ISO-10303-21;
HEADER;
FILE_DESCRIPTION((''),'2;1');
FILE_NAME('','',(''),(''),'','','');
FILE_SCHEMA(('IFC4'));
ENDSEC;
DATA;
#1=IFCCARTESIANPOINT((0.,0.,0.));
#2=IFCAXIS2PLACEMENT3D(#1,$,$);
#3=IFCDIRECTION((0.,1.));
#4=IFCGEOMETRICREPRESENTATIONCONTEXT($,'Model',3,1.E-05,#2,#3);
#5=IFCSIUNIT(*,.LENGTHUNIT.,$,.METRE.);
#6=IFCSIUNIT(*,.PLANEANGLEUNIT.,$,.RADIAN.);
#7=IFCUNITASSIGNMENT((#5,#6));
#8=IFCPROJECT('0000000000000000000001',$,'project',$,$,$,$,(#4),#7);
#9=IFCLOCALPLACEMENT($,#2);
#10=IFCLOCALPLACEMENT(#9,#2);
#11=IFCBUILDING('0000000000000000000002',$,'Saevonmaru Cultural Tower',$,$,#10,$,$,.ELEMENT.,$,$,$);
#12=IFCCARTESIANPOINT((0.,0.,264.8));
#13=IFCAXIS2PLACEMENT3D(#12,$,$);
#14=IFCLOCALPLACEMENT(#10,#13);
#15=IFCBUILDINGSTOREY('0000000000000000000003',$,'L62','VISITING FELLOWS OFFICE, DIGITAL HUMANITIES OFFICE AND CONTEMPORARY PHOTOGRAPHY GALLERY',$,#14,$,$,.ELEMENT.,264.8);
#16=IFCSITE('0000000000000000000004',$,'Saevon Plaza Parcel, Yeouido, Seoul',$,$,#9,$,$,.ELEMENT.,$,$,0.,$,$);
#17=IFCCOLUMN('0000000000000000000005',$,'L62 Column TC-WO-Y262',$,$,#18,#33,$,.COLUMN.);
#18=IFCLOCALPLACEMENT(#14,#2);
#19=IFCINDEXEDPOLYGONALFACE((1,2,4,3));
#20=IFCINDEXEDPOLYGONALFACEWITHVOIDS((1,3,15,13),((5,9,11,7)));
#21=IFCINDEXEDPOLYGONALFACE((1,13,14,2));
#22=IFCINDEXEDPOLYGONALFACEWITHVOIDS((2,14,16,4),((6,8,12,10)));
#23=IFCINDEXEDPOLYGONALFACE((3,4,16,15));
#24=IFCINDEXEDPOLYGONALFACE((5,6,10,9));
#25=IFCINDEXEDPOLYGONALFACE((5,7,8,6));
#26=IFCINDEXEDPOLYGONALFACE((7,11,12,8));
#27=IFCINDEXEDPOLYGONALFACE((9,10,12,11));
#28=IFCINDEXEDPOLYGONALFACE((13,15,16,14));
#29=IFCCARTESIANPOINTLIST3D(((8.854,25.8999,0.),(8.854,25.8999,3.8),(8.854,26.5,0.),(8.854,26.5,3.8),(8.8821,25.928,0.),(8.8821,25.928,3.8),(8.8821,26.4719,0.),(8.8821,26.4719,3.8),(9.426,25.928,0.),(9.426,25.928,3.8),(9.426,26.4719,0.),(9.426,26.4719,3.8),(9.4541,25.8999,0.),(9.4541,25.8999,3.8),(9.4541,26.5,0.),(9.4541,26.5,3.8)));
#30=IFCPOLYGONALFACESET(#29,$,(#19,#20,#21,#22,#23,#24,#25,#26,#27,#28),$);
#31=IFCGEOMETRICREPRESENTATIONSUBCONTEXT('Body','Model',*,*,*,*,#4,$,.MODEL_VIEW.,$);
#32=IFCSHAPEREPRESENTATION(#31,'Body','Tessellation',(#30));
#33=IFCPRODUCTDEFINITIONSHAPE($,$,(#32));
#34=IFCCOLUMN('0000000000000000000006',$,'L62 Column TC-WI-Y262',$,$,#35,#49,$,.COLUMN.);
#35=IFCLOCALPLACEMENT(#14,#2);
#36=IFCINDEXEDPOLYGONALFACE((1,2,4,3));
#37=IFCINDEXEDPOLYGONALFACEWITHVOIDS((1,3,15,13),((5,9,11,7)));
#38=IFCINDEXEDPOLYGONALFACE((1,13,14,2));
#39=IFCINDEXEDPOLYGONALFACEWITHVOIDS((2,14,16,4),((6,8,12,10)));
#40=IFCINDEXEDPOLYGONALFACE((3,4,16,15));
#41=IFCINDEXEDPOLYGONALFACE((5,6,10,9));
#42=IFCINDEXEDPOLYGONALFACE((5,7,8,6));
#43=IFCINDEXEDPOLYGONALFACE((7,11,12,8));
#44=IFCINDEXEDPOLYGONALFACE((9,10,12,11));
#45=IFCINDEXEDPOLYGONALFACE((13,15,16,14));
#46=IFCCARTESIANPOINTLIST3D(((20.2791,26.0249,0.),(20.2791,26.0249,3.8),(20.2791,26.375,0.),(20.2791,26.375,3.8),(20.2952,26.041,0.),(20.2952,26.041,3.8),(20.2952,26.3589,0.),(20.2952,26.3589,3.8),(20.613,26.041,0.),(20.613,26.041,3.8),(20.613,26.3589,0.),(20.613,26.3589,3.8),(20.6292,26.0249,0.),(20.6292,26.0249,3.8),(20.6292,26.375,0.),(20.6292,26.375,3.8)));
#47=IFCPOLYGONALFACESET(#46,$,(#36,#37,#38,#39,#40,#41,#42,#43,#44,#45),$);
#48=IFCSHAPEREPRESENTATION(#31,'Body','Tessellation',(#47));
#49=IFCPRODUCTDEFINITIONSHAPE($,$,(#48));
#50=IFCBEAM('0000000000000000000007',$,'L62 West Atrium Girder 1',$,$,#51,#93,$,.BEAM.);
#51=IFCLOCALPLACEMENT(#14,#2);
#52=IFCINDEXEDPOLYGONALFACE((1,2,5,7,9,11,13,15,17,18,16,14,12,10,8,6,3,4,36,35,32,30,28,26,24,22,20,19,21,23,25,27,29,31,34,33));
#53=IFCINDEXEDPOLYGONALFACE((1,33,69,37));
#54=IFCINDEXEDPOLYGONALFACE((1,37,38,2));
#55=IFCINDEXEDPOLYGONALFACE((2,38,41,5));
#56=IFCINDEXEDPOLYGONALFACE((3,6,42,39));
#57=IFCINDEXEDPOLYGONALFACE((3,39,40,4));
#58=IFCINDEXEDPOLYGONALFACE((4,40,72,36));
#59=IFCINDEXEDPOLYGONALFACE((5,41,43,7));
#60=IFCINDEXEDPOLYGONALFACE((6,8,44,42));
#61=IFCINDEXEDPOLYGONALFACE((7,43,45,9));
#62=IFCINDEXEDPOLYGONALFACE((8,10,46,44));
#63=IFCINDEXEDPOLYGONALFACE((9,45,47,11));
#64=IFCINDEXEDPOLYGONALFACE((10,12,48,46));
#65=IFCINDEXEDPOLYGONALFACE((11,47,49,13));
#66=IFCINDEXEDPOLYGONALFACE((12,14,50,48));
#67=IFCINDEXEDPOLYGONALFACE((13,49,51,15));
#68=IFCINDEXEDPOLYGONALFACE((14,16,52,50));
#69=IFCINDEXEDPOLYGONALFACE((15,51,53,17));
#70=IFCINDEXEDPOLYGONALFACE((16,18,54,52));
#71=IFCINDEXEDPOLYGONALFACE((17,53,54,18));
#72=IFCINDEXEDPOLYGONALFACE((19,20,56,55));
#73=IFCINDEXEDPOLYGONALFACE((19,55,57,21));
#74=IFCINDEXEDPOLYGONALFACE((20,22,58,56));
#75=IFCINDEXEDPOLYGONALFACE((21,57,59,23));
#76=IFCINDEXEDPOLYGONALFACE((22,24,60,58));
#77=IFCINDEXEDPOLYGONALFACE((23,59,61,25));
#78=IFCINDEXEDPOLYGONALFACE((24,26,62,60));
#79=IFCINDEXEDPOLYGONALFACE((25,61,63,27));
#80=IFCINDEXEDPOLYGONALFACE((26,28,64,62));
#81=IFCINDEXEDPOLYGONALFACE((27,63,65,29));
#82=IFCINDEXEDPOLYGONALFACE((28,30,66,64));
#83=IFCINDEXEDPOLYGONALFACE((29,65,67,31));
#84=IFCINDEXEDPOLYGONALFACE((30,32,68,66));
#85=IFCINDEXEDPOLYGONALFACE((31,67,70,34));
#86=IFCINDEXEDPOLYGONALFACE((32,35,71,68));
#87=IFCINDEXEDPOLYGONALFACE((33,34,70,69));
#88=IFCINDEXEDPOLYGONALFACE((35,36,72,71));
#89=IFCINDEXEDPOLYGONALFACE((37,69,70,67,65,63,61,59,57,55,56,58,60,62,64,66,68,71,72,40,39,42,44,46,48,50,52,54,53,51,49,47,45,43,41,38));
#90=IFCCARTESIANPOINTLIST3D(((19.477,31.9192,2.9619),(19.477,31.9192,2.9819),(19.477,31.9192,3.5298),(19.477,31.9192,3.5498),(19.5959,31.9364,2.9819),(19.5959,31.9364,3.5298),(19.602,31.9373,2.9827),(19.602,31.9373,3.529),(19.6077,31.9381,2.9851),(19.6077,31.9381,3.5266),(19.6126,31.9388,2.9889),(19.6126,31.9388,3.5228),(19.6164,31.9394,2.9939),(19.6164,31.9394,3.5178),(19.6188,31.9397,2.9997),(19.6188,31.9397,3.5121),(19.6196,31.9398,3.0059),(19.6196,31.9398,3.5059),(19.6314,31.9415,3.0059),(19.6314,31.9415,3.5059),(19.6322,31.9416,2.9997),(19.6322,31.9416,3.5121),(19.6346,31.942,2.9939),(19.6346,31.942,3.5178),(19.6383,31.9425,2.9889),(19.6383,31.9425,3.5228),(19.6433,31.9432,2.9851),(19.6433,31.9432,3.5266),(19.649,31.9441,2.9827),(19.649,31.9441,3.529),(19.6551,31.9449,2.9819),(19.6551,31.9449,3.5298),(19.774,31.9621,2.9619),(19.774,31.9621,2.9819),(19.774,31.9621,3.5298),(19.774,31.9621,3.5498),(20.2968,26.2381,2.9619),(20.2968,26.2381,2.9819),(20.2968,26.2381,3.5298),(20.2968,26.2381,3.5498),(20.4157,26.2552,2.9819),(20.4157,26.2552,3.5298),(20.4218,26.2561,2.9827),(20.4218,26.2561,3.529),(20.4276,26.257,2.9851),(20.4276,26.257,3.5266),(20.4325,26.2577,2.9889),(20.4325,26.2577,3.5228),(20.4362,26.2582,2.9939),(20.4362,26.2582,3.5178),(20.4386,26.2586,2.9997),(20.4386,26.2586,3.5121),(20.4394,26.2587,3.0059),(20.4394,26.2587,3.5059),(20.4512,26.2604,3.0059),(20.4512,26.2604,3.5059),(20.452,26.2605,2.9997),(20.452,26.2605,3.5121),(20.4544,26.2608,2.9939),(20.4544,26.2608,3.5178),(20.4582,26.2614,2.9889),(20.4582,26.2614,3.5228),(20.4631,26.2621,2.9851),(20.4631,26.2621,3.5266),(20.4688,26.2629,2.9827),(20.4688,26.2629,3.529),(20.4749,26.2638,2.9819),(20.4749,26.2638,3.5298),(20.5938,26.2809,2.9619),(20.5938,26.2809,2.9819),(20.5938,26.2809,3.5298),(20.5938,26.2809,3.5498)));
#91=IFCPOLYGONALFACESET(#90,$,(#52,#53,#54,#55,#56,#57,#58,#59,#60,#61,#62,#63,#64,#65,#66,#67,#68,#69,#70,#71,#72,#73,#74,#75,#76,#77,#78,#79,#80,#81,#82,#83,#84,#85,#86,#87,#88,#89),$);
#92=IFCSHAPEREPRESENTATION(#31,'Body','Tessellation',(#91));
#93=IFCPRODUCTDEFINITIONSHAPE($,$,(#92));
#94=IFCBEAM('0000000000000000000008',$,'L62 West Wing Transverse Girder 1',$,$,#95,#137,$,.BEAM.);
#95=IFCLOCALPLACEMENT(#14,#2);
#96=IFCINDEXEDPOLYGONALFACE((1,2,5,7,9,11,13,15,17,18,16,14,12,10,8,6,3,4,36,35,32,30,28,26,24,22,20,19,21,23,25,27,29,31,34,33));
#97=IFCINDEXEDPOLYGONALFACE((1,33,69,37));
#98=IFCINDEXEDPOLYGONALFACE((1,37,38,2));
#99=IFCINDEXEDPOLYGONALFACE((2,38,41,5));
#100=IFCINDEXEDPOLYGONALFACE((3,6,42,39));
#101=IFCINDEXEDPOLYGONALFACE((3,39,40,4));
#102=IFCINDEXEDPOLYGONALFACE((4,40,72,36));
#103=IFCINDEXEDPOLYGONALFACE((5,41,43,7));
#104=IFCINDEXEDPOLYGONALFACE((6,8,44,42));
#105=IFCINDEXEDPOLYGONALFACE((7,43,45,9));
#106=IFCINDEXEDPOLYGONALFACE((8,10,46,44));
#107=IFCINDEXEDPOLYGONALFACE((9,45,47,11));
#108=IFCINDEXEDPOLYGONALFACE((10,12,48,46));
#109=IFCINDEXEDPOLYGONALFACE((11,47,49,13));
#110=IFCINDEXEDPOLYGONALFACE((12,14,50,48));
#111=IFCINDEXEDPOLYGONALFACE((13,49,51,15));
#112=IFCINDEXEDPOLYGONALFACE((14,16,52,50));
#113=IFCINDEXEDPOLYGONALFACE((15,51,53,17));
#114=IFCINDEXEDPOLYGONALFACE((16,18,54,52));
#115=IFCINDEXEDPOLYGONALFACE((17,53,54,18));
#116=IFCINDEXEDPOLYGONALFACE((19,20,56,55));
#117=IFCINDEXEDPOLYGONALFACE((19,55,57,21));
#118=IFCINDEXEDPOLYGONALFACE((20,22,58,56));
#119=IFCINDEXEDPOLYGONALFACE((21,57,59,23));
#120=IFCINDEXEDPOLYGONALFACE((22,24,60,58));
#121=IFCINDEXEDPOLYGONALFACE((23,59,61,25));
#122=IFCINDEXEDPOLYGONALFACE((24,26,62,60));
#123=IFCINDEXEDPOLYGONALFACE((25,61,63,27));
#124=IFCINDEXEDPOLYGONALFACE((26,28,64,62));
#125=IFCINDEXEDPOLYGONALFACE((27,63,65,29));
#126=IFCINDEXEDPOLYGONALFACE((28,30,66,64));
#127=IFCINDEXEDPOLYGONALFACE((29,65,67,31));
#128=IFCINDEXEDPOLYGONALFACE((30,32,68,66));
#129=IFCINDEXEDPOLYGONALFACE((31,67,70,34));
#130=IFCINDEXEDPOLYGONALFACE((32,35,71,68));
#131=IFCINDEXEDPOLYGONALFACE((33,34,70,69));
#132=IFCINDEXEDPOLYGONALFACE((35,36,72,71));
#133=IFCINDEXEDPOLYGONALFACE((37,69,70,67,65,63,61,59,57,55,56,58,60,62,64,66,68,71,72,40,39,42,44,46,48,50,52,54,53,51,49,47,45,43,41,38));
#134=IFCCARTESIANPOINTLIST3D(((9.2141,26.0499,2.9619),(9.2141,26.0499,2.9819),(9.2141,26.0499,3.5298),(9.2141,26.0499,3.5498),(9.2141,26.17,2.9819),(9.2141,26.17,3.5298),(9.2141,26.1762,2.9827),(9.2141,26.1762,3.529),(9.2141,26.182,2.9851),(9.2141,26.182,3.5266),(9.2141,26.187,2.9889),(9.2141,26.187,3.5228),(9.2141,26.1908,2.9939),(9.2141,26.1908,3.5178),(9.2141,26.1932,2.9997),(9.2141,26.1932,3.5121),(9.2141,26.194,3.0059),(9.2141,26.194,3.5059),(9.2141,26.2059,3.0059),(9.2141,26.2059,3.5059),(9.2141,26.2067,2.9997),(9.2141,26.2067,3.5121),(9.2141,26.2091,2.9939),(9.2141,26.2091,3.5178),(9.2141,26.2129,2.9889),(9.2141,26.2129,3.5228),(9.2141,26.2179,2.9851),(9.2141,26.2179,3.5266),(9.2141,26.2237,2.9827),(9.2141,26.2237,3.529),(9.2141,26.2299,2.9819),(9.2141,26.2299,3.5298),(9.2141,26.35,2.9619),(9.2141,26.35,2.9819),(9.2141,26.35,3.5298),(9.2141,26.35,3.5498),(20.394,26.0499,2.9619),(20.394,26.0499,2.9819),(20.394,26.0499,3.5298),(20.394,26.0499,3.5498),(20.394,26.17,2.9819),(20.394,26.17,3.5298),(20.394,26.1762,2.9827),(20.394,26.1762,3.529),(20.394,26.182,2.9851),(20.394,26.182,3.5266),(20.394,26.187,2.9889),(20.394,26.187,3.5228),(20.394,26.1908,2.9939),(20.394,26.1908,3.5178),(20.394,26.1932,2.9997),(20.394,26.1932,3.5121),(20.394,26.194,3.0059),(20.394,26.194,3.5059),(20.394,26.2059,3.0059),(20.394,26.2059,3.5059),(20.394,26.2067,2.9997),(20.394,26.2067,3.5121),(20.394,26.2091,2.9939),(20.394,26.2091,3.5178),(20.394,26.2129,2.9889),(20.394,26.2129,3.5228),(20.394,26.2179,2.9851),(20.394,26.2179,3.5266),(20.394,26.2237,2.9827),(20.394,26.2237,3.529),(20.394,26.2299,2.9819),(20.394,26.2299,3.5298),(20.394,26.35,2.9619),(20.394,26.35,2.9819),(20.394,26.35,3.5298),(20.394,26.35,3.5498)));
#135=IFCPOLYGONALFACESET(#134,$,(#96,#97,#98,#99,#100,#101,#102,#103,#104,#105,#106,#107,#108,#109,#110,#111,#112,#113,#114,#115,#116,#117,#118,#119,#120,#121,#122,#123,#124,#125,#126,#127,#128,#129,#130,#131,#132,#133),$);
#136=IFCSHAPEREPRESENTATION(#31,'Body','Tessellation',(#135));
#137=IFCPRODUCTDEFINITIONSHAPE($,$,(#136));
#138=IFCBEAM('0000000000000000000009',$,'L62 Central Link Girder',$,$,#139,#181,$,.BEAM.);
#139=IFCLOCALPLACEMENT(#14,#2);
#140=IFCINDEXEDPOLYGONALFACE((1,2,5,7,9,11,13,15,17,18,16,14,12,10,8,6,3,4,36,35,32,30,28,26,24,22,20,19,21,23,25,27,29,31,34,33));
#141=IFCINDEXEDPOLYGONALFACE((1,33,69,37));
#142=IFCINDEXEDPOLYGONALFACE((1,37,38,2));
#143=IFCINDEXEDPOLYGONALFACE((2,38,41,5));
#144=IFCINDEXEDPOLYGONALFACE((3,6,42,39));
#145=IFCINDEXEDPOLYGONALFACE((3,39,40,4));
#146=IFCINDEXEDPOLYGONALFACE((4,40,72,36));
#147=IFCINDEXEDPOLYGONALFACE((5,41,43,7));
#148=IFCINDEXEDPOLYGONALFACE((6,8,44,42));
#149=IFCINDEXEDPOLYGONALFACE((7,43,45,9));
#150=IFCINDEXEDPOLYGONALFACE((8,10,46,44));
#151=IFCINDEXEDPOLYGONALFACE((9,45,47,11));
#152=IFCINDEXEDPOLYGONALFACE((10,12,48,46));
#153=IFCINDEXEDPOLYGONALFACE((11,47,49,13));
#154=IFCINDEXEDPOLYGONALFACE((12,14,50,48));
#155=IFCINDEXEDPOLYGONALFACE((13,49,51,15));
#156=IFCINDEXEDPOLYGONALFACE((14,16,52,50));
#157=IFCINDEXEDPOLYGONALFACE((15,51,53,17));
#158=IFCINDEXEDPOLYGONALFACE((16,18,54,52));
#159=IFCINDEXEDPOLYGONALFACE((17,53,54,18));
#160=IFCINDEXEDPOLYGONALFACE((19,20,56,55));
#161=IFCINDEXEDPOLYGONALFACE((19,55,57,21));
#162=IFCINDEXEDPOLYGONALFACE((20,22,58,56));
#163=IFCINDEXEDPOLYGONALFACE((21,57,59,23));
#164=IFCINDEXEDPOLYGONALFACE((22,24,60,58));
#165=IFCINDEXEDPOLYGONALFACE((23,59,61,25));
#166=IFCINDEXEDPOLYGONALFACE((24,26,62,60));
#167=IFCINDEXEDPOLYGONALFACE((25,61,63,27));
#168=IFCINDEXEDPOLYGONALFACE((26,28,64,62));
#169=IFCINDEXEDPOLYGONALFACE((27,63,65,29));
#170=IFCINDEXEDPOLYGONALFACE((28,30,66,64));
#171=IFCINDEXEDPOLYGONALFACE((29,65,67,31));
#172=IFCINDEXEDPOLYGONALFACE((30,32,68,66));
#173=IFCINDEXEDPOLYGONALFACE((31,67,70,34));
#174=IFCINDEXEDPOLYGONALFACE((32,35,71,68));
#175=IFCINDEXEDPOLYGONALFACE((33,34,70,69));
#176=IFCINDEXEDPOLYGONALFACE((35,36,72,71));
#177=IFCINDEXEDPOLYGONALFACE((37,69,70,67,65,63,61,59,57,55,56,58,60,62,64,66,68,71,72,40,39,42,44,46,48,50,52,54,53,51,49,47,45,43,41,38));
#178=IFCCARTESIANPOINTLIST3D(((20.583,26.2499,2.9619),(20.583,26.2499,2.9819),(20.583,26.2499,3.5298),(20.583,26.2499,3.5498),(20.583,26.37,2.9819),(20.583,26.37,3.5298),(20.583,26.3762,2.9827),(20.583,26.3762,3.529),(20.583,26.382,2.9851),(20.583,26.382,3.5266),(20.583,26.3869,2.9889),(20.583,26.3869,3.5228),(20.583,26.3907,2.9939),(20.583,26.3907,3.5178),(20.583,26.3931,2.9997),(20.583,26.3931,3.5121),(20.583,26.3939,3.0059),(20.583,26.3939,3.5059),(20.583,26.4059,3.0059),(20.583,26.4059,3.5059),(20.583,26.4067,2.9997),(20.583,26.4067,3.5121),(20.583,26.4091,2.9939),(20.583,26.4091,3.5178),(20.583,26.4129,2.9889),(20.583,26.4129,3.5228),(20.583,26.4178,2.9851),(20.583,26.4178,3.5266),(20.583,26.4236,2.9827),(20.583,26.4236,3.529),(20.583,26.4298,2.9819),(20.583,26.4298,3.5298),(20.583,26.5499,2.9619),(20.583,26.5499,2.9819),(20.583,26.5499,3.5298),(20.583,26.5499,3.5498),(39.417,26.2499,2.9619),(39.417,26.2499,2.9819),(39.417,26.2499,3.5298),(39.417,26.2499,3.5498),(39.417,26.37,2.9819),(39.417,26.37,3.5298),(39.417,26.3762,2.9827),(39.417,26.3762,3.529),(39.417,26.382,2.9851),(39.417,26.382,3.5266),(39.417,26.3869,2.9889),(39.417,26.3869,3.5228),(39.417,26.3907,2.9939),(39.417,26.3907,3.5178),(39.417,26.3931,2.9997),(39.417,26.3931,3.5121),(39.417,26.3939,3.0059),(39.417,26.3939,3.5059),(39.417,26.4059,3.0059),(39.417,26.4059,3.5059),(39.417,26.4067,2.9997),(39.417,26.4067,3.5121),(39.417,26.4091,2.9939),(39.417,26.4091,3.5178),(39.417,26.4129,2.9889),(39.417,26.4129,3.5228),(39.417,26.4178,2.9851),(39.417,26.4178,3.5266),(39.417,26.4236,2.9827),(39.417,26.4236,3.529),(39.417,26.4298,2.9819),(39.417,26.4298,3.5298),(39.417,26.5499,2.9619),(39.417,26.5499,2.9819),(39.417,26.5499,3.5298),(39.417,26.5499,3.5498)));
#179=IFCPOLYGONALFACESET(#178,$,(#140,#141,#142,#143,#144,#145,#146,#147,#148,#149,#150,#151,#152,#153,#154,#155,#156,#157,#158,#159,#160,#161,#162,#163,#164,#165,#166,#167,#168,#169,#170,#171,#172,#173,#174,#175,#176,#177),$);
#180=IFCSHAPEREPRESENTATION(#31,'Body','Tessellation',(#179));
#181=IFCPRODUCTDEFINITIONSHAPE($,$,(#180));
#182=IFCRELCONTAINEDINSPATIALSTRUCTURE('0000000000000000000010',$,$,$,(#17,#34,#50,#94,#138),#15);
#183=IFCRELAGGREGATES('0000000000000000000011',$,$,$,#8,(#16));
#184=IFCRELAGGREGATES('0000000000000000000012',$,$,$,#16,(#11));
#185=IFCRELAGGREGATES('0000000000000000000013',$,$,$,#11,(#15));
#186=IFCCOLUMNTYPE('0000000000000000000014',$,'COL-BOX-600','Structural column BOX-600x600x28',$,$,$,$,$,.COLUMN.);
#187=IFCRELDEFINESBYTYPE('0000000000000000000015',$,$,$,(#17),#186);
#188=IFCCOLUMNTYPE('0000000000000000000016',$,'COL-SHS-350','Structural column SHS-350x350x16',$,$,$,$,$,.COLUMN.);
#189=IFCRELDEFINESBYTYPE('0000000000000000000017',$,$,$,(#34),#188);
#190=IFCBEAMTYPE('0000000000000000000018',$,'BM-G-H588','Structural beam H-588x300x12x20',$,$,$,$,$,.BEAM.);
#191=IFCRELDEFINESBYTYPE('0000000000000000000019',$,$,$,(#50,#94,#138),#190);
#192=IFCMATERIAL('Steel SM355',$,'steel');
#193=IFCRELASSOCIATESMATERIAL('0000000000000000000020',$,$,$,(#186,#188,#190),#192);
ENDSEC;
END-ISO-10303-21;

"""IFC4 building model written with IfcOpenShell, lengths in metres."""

from ifc_helpers import new_model, si_unit, direction, frame, origin, origin_2d, place, context, subcontext, project, spatial, hollow_rectangle, i_section, extrude, material, material_profile, profile_set, type_object, element, save


model = new_model("IFC4")

# Units and contexts
model_context = context("Model", 3, precision=1e-05, world=origin(), true_north=direction((0.0, 1.0)))
body_context = subcontext(model_context, "Body", "Model", "MODEL_VIEW")
ifc_project = project(units=[si_unit("LENGTHUNIT", "METRE"), si_unit("PLANEANGLEUNIT", "RADIAN")], contexts=[model_context])

# Site, building, storey
site_placement = place(None, origin())
site = spatial("IfcSite", under=ifc_project, at=site_placement, Name="Saevon Plaza Parcel, Yeouido, Seoul", CompositionType="ELEMENT", RefElevation=0.0)
building_placement = place(site_placement, origin())
building = spatial("IfcBuilding", under=site, at=building_placement, Name="Saevonmaru Cultural Tower", CompositionType="ELEMENT")
storey_placement = place(building_placement, frame((0.0, 0.0, 264.8)))
storey = spatial("IfcBuildingStorey", under=building, at=storey_placement, Name="L62", Description="VISITING FELLOWS OFFICE, DIGITAL HUMANITIES OFFICE AND CONTEMPORARY PHOTOGRAPHY GALLERY", CompositionType="ELEMENT", Elevation=264.8)

# Columns
ifc_material_1 = material(Name="Steel SM355", Category="steel")
ifc_material_profile_1 = material_profile(ifc_material_1, hollow_rectangle(XDim=0.6001, YDim=0.6001, WallThickness=0.0281, at=origin_2d()), Name="BOX-600x600x28")
ifc_profile_set_1 = profile_set([ifc_material_profile_1], Name="Steel SM355")
column_type_1 = type_object("IfcColumnType", Name="COL-BOX-600", Description="Structural column BOX-600x600x28", PredefinedType="COLUMN", material=ifc_profile_set_1)
column_1_placement = place(storey_placement, frame((9.1541, 26.2, 0.0), z_axis=(0.0, 0.0, 1.0), x_axis=(1.0, 0.0, 0.0)))
element("IfcColumn", 1, at=column_1_placement, inside=storey, type_object=column_type_1, Name="L62 Column TC-WO-Y262", PredefinedType="COLUMN", context=body_context, shape_type="SweptSolid", body=[
    extrude(hollow_rectangle(XDim=0.6001, YDim=0.6001, WallThickness=0.0281, at=origin_2d()), origin(), (0.0, 0.0, 1.0), 3.8),
])
ifc_material_profile_2 = material_profile(ifc_material_1, hollow_rectangle(XDim=0.3501, YDim=0.3501, WallThickness=0.0161, at=origin_2d()), Name="SHS-350x350x16")
ifc_profile_set_2 = profile_set([ifc_material_profile_2], Name="Steel SM355")
column_type_2 = type_object("IfcColumnType", Name="COL-SHS-350", Description="Structural column SHS-350x350x16", PredefinedType="COLUMN", material=ifc_profile_set_2)
column_2_placement = place(storey_placement, frame((20.4541, 26.2, 0.0), z_axis=(0.0, 0.0, 1.0), x_axis=(1.0, 0.0, 0.0)))
element("IfcColumn", 2, at=column_2_placement, inside=storey, type_object=column_type_2, Name="L62 Column TC-WI-Y262", PredefinedType="COLUMN", context=body_context, shape_type="SweptSolid", body=[
    extrude(hollow_rectangle(XDim=0.3501, YDim=0.3501, WallThickness=0.0161, at=origin_2d()), origin(), (0.0, 0.0, 1.0), 3.8),
])

# Beams
ifc_material_profile_3 = material_profile(ifc_material_1, i_section(OverallWidth=0.3, OverallDepth=0.5879, WebThickness=0.012, FlangeThickness=0.02, FilletRadius=0.0239, at=origin_2d()), Name="H-588x300x12x20")
ifc_profile_set_3 = profile_set([ifc_material_profile_3], Name="Steel SM355")
beam_type_1 = type_object("IfcBeamType", Name="BM-G-H588", Description="Structural beam H-588x300x12x20", PredefinedType="BEAM", material=ifc_profile_set_3)
beam_1_placement = place(storey_placement, frame((20.4453, 26.2595, 3.2559), z_axis=(-0.142827, 0.989748, 0.0), x_axis=(-0.989748, -0.142827, 0.0)))
element("IfcBeam", 3, at=beam_1_placement, inside=storey, type_object=beam_type_1, Name="L62 West Atrium Girder 1", PredefinedType="BEAM", context=body_context, shape_type="SweptSolid", body=[
    extrude(i_section(OverallWidth=0.3, OverallDepth=0.5879, WebThickness=0.012, FlangeThickness=0.02, FilletRadius=0.0239, at=origin_2d()), origin(), (0.0, 0.0, 1.0), 5.74),
])
beam_2_placement = place(storey_placement, frame((9.2141, 26.2, 3.2559), z_axis=(1.0, 0.0, 0.0), x_axis=(0.0, 1.0, 0.0)))
element("IfcBeam", 4, at=beam_2_placement, inside=storey, type_object=beam_type_1, Name="L62 West Wing Transverse Girder 1", PredefinedType="BEAM", context=body_context, shape_type="SweptSolid", body=[
    extrude(i_section(OverallWidth=0.3, OverallDepth=0.5879, WebThickness=0.012, FlangeThickness=0.02, FilletRadius=0.0239, at=origin_2d()), origin(), (0.0, 0.0, 1.0), 11.1799),
])
beam_3_placement = place(storey_placement, frame((20.583, 26.3999, 3.2559), z_axis=(1.0, 0.0, 0.0), x_axis=(0.0, 1.0, 0.0)))
element("IfcBeam", 5, at=beam_3_placement, inside=storey, type_object=beam_type_1, Name="L62 Central Link Girder", PredefinedType="BEAM", context=body_context, shape_type="SweptSolid", body=[
    extrude(i_section(OverallWidth=0.3, OverallDepth=0.5879, WebThickness=0.012, FlangeThickness=0.02, FilletRadius=0.0239, at=origin_2d()), origin(), (0.0, 0.0, 1.0), 18.834),
])

save(model, "model.ifc")
